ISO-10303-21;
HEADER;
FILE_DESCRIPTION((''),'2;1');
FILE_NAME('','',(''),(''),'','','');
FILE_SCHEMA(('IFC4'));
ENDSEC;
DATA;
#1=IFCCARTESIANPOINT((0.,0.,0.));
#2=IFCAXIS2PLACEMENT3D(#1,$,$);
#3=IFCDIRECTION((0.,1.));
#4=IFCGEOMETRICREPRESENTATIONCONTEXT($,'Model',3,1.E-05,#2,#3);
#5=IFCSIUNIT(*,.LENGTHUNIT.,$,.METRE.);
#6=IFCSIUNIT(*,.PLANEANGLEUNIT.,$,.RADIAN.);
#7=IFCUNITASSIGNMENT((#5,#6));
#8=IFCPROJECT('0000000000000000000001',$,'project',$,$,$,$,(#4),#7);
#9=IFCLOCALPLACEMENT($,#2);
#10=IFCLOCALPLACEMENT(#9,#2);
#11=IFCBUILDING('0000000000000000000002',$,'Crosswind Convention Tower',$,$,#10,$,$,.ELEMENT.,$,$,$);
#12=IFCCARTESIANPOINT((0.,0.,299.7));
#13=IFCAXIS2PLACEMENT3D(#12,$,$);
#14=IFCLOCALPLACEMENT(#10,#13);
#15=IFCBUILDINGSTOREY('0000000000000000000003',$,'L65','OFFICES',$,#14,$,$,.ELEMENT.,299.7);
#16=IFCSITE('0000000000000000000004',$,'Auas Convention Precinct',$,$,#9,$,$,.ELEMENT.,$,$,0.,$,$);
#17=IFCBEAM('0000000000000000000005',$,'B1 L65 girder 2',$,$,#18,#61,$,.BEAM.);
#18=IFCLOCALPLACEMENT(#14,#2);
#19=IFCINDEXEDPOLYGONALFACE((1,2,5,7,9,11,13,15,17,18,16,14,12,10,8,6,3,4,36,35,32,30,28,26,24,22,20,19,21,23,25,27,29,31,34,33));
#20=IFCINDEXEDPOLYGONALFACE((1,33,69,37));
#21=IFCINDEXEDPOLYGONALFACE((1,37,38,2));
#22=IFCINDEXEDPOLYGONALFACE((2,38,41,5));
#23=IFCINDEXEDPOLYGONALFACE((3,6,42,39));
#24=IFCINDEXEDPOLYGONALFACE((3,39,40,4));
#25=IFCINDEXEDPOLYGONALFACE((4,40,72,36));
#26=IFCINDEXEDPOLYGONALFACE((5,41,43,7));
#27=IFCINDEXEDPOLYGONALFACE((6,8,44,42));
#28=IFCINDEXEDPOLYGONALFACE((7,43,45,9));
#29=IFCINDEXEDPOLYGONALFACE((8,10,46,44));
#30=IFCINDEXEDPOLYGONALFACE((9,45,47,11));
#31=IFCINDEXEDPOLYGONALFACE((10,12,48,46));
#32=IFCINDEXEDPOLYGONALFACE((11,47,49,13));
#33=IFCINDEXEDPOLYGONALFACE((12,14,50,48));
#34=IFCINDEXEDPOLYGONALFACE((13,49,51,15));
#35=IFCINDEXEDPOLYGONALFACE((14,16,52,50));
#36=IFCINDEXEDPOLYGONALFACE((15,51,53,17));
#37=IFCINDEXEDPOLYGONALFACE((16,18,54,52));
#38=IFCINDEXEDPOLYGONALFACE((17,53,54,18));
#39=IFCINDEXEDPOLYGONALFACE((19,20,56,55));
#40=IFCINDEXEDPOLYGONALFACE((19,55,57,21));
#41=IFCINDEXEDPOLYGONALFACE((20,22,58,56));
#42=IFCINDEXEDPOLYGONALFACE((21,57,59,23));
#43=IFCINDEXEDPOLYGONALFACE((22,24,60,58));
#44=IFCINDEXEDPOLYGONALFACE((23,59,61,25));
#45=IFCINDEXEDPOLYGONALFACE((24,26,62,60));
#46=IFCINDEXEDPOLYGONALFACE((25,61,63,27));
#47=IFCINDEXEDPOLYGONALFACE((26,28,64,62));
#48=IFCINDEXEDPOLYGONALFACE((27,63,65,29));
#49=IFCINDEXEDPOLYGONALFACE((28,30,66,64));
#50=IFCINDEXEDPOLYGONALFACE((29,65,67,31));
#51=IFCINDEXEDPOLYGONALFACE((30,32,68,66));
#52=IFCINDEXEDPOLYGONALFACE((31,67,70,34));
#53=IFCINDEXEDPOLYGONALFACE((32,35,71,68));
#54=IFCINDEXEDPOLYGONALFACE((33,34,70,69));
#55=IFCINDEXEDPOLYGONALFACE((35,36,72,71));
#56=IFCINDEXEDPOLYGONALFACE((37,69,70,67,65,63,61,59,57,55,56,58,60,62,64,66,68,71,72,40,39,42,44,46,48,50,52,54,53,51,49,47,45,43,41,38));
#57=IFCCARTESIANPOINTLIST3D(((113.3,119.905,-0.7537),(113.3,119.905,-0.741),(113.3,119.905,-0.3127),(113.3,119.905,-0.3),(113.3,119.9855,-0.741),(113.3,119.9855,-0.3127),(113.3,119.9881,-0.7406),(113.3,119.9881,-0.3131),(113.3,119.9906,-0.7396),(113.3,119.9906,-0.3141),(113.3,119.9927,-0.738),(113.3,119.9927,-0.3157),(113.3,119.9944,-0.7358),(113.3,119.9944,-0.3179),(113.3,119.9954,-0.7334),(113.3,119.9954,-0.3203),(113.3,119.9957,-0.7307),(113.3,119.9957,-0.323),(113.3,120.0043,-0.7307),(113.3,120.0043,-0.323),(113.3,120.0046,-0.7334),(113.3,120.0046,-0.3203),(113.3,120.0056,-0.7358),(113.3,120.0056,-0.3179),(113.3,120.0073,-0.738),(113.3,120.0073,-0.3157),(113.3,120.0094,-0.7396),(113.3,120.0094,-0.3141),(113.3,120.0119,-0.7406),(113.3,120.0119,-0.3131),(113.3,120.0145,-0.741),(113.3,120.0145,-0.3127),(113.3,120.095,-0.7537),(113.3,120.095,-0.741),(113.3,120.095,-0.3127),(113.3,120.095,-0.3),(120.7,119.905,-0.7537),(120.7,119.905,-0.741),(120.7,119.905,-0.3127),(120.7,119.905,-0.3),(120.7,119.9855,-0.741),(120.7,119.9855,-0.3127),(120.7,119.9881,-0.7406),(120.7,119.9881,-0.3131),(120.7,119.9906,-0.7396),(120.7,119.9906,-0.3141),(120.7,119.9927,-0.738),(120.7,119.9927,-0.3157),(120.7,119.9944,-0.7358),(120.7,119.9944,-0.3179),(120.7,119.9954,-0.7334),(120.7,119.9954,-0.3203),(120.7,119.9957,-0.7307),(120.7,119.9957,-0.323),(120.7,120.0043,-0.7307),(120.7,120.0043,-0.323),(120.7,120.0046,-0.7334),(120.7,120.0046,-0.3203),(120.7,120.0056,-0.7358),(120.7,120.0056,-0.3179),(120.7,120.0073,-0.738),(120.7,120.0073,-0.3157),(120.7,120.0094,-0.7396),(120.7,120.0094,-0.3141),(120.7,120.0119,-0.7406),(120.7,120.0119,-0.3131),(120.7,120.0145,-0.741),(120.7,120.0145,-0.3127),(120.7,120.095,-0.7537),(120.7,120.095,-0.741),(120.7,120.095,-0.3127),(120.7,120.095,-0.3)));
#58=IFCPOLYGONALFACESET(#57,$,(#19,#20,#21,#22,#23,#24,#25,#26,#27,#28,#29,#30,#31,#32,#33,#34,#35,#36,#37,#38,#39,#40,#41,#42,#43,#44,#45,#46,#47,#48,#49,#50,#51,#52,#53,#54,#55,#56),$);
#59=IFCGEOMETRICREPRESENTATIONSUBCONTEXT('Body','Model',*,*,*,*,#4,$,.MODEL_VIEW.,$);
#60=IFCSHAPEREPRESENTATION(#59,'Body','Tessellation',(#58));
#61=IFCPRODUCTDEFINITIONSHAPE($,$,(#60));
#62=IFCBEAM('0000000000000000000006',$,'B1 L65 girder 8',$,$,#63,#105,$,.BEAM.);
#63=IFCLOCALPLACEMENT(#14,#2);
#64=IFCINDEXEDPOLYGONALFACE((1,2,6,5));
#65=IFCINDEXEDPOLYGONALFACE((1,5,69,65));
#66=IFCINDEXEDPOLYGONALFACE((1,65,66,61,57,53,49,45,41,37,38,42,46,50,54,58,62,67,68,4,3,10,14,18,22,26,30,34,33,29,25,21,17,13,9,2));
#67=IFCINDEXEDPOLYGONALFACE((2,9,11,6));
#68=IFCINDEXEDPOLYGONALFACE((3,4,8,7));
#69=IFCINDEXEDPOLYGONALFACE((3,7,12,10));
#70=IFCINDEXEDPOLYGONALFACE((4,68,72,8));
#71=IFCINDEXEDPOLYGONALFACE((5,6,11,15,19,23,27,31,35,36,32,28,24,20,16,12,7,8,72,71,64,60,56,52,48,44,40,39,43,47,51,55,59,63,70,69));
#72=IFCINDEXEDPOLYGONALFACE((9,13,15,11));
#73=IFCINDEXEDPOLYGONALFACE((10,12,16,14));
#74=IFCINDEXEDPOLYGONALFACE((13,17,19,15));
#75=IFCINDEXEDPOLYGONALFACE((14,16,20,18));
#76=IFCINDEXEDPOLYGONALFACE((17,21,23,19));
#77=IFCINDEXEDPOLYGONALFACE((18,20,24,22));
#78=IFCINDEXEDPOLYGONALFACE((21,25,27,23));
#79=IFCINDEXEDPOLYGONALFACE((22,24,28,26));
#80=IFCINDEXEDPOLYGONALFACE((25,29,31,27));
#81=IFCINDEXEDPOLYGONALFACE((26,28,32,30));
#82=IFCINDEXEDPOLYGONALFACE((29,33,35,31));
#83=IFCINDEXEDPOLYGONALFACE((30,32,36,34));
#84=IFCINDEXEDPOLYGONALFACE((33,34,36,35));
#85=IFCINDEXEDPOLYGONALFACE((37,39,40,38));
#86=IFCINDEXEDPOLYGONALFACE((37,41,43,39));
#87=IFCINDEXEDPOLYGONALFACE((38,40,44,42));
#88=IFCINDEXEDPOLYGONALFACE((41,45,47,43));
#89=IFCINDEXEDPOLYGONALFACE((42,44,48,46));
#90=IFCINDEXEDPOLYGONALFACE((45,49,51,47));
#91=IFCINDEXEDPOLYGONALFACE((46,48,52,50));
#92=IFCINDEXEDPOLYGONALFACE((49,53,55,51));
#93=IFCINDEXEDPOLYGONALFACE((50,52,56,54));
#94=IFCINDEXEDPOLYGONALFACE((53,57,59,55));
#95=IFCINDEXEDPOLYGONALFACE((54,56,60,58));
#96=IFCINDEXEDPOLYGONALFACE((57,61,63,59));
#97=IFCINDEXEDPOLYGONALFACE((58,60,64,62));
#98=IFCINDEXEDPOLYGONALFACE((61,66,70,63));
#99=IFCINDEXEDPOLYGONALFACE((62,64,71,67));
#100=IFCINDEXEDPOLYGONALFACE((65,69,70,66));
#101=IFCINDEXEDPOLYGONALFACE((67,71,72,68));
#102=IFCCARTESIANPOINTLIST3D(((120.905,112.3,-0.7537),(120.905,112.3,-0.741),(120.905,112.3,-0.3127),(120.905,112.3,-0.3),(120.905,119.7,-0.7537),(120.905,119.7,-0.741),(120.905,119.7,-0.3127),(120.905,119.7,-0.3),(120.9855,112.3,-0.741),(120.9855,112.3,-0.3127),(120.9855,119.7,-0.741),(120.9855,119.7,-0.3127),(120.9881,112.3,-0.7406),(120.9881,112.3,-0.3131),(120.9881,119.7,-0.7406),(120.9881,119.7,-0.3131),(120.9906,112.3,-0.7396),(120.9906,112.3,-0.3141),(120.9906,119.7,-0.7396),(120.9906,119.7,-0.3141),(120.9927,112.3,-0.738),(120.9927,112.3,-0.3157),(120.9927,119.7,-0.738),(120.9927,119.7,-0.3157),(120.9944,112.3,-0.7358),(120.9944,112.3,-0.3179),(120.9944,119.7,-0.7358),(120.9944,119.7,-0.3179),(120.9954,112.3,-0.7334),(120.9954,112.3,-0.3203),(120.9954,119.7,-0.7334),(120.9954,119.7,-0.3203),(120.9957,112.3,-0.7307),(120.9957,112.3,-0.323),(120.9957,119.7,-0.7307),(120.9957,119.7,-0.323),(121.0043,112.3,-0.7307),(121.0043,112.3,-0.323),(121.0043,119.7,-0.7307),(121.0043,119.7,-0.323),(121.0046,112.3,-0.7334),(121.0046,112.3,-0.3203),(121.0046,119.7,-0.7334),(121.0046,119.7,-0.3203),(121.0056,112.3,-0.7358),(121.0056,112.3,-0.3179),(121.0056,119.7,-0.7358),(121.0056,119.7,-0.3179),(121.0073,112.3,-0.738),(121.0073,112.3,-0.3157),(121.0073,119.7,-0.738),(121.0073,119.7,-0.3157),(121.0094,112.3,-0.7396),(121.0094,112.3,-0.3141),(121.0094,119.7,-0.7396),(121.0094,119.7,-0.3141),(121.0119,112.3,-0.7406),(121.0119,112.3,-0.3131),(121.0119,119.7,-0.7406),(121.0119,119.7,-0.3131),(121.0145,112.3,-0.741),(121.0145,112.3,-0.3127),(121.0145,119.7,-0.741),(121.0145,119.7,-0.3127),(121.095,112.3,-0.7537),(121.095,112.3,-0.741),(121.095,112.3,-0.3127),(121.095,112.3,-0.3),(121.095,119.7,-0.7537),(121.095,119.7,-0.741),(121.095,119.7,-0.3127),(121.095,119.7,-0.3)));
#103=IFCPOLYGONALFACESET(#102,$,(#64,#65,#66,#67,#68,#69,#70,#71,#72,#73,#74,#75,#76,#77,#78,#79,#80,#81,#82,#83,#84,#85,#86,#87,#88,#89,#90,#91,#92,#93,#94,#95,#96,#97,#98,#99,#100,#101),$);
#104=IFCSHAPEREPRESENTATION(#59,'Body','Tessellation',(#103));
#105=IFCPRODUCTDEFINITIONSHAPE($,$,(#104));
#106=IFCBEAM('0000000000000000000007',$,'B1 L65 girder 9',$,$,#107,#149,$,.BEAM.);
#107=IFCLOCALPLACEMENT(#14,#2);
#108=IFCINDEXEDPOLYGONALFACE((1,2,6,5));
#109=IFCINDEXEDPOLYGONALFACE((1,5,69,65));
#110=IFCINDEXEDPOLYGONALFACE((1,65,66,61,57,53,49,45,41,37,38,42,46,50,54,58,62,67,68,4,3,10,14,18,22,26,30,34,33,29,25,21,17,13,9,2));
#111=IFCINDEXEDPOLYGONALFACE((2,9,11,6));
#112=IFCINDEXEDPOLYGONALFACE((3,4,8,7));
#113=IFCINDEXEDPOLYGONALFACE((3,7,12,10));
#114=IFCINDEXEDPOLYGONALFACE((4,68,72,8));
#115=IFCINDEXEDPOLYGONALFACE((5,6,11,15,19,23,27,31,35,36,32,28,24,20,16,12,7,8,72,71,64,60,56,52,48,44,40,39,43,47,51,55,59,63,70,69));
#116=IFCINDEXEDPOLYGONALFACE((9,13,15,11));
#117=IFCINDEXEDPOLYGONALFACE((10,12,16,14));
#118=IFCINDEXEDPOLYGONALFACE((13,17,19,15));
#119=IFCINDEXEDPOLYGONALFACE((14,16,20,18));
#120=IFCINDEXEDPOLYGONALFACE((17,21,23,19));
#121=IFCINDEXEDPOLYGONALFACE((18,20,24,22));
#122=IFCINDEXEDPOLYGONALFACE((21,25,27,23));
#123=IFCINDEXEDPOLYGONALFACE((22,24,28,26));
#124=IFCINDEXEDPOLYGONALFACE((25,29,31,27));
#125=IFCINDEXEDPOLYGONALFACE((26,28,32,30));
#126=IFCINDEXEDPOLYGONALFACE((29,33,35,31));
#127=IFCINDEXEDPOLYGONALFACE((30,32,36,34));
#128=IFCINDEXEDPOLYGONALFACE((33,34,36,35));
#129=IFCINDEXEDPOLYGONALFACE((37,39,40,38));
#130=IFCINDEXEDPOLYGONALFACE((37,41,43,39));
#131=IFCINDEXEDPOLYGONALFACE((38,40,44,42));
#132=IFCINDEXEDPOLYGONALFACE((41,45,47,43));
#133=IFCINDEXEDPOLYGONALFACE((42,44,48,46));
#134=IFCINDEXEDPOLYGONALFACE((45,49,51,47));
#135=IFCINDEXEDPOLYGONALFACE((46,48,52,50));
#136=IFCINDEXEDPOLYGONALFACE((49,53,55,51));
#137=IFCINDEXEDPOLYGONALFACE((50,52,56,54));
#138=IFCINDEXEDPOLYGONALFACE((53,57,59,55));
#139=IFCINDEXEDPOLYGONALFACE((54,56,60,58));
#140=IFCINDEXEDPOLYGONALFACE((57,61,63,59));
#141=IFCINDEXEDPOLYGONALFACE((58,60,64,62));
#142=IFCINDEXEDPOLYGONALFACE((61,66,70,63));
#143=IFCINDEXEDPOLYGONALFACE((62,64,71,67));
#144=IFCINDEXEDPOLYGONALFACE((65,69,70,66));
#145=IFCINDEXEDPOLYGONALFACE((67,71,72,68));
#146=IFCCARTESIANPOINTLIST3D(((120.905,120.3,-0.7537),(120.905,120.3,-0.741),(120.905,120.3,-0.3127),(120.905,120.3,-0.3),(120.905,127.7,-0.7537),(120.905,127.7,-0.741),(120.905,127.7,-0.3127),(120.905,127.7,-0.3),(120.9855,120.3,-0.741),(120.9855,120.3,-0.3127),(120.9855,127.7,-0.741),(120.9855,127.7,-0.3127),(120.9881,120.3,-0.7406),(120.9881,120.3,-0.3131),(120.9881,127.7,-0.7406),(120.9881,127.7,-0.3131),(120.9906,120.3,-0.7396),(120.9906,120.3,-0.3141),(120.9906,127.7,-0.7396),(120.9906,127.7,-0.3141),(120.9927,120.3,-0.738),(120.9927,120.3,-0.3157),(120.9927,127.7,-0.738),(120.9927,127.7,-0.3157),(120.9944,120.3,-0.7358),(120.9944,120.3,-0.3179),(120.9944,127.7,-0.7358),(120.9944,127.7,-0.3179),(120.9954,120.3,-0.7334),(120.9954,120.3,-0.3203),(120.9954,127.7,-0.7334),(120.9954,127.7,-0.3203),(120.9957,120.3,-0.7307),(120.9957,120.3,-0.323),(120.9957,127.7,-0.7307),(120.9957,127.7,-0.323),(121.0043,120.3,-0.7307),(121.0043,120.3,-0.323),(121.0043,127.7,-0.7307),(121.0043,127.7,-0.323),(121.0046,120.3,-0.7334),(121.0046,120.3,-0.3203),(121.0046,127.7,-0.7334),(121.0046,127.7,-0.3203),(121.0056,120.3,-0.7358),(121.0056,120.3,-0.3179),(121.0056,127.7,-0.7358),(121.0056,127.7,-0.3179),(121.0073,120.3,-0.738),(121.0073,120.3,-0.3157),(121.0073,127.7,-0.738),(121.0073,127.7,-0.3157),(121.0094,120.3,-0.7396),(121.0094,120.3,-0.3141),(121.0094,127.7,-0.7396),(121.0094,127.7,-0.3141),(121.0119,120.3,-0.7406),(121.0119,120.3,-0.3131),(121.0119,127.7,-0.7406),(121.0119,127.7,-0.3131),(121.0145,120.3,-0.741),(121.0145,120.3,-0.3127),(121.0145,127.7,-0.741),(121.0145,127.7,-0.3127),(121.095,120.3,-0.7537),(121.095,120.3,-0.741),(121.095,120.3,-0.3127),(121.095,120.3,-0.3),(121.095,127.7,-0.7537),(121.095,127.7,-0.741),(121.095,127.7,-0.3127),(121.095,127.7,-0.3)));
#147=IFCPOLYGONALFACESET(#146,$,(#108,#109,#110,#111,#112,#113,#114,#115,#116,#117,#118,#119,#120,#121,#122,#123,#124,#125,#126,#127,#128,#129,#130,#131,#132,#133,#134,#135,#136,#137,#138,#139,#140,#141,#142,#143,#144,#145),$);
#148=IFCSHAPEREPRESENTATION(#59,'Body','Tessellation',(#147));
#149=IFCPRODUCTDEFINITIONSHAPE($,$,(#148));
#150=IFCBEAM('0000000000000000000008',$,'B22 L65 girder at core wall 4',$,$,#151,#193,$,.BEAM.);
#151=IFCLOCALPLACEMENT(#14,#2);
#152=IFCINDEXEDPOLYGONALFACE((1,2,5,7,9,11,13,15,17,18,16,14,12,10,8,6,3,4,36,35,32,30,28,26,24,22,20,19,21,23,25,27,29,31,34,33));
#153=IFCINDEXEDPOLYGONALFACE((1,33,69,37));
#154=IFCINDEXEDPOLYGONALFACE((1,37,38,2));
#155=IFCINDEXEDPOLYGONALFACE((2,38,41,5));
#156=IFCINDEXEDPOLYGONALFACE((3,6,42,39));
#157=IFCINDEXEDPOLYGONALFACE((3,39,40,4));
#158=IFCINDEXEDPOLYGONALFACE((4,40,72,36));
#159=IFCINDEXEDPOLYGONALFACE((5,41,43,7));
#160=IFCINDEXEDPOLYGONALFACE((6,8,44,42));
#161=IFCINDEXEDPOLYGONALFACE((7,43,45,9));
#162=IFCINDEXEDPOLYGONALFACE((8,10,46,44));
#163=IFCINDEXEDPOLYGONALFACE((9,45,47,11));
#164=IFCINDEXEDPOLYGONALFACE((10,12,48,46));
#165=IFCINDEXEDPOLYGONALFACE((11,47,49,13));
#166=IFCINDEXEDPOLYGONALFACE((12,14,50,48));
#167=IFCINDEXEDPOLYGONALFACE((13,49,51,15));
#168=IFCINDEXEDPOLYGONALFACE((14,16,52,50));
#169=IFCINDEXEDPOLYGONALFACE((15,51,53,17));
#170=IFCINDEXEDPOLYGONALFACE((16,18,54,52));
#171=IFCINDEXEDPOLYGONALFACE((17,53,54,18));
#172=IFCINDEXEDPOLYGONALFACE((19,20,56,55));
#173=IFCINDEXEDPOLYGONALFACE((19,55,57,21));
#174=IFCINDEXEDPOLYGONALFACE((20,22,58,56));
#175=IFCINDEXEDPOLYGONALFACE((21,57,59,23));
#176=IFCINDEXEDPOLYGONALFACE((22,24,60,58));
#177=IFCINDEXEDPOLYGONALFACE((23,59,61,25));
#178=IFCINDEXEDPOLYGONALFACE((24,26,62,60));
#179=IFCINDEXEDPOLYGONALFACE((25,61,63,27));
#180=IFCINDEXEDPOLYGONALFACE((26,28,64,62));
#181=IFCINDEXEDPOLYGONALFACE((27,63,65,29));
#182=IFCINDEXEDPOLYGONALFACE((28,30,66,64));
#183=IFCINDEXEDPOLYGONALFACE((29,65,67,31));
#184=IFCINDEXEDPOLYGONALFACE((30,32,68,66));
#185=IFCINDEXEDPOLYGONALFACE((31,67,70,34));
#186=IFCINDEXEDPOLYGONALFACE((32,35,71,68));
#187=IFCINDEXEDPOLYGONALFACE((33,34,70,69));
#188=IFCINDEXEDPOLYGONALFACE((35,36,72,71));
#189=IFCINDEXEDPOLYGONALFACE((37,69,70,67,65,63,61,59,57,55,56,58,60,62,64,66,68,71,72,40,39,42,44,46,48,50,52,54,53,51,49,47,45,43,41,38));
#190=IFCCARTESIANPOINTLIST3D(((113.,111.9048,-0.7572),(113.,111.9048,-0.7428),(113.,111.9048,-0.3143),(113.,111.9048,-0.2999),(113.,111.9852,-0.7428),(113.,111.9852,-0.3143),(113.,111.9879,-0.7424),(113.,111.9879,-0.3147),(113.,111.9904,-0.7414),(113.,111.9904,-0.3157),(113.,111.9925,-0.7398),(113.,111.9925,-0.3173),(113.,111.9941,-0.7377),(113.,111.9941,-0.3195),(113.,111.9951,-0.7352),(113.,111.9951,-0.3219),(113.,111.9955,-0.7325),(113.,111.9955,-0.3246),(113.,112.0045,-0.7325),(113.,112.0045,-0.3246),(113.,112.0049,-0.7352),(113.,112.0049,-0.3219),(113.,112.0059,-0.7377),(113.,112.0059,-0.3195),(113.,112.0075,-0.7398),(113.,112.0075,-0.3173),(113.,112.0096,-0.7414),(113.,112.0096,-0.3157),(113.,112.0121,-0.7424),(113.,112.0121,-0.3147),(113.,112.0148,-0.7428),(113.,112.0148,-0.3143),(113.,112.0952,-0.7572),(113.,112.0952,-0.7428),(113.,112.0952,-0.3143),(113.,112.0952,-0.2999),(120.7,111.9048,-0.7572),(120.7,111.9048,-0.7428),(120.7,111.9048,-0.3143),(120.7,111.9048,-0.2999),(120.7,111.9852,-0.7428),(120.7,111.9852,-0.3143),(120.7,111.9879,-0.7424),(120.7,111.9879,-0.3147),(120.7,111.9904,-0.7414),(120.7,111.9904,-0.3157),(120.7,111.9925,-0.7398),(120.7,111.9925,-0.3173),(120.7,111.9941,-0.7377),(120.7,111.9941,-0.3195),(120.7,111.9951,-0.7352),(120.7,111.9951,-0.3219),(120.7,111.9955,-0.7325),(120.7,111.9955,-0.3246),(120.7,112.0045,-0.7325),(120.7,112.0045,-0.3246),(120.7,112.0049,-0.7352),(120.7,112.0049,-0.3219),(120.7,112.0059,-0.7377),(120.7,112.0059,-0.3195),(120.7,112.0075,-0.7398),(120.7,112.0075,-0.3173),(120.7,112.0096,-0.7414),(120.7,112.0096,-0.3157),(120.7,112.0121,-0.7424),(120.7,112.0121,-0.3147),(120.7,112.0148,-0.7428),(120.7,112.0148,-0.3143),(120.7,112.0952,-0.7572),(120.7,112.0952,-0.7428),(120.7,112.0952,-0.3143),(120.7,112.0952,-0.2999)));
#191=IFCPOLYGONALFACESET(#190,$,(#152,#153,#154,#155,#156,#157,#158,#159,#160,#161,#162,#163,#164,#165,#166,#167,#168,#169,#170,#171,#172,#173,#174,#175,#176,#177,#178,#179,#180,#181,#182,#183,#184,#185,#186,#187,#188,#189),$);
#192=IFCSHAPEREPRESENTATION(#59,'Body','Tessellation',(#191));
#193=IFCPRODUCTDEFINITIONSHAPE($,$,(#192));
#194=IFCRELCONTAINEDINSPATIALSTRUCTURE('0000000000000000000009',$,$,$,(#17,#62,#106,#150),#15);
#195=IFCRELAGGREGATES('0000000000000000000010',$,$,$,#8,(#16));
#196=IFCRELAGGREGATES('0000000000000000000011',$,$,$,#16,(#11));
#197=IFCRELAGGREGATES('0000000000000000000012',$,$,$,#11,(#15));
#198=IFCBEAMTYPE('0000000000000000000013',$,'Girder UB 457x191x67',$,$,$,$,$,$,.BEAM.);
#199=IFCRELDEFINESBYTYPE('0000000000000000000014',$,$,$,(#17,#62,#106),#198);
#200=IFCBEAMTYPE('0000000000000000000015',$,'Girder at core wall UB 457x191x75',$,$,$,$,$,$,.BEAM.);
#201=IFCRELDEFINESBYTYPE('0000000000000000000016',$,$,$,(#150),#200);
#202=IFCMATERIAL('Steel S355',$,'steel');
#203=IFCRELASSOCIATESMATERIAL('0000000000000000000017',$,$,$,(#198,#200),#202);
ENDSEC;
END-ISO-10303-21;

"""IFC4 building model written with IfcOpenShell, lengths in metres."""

from ifc_helpers import new_model, si_unit, direction, frame, origin, origin_2d, place, context, subcontext, project, spatial, i_section, extrude, material, material_profile, profile_set, type_object, element, save


model = new_model("IFC4")

# Units and contexts
model_context = context("Model", 3, precision=1e-05, world=origin(), true_north=direction((0.0, 1.0)))
body_context = subcontext(model_context, "Body", "Model", "MODEL_VIEW")
ifc_project = project(units=[si_unit("LENGTHUNIT", "METRE"), si_unit("PLANEANGLEUNIT", "RADIAN")], contexts=[model_context])

# Site, building, storey
site_placement = place(None, origin())
site = spatial("IfcSite", under=ifc_project, at=site_placement, Name="Auas Convention Precinct", CompositionType="ELEMENT", RefElevation=0.0)
building_placement = place(site_placement, origin())
building = spatial("IfcBuilding", under=site, at=building_placement, Name="Crosswind Convention Tower", CompositionType="ELEMENT")
storey_placement = place(building_placement, frame((0.0, 0.0, 299.7)))
storey = spatial("IfcBuildingStorey", under=building, at=storey_placement, Name="L65", Description="OFFICES", CompositionType="ELEMENT", Elevation=299.7)

# Beams
ifc_material_1 = material(Name="Steel S355", Category="steel")
ifc_material_profile_1 = material_profile(ifc_material_1, i_section(OverallWidth=0.1899, OverallDepth=0.4536, WebThickness=0.0085, FlangeThickness=0.0127, FilletRadius=0.0103, at=origin_2d()), Name="UB 457x191x67")
ifc_profile_set_1 = profile_set([ifc_material_profile_1], Name="Steel S355")
beam_type_1 = type_object("IfcBeamType", Name="Girder UB 457x191x67", PredefinedType="BEAM", material=ifc_profile_set_1)
for number, where, z_axis, x_axis, name in (
    (1, (113.3, 120.0, -0.5269), (1.0, 0.0, 0.0), (0.0, 1.0, 0.0), "B1 L65 girder 2"),
    (2, (121.0, 112.3, -0.5269), (0.0, 1.0, 0.0), (-1.0, 0.0, 0.0), "B1 L65 girder 8"),
    (3, (121.0, 120.3, -0.5269), (0.0, 1.0, 0.0), (-1.0, 0.0, 0.0), "B1 L65 girder 9"),
):
    element("IfcBeam", number, at=place(storey_placement, frame(where, z_axis=z_axis, x_axis=x_axis)), inside=storey, type_object=beam_type_1, Name=name, PredefinedType="BEAM", context=body_context, shape_type="SweptSolid", body=[
        extrude(i_section(OverallWidth=0.1899, OverallDepth=0.4536, WebThickness=0.0085, FlangeThickness=0.0127, FilletRadius=0.0103, at=origin_2d()), origin(), (0.0, 0.0, 1.0), 7.3999),
    ])
ifc_material_profile_2 = material_profile(ifc_material_1, i_section(OverallWidth=0.1904, OverallDepth=0.4573, WebThickness=0.009, FlangeThickness=0.0144, FilletRadius=0.0103, at=origin_2d()), Name="UB 457x191x75")
ifc_profile_set_2 = profile_set([ifc_material_profile_2], Name="Steel S355")
beam_type_2 = type_object("IfcBeamType", Name="Girder at core wall UB 457x191x75", PredefinedType="BEAM", material=ifc_profile_set_2)
beam_1_placement = place(storey_placement, frame((113.0, 112.0, -0.5286), z_axis=(1.0, 0.0, 0.0), x_axis=(0.0, 1.0, 0.0)))
element("IfcBeam", 4, at=beam_1_placement, inside=storey, type_object=beam_type_2, Name="B22 L65 girder at core wall 4", PredefinedType="BEAM", context=body_context, shape_type="SweptSolid", body=[
    extrude(i_section(OverallWidth=0.1904, OverallDepth=0.4573, WebThickness=0.009, FlangeThickness=0.0144, FilletRadius=0.0103, at=origin_2d()), origin(), (0.0, 0.0, 1.0), 7.7),
])

save(model, "model.ifc")
